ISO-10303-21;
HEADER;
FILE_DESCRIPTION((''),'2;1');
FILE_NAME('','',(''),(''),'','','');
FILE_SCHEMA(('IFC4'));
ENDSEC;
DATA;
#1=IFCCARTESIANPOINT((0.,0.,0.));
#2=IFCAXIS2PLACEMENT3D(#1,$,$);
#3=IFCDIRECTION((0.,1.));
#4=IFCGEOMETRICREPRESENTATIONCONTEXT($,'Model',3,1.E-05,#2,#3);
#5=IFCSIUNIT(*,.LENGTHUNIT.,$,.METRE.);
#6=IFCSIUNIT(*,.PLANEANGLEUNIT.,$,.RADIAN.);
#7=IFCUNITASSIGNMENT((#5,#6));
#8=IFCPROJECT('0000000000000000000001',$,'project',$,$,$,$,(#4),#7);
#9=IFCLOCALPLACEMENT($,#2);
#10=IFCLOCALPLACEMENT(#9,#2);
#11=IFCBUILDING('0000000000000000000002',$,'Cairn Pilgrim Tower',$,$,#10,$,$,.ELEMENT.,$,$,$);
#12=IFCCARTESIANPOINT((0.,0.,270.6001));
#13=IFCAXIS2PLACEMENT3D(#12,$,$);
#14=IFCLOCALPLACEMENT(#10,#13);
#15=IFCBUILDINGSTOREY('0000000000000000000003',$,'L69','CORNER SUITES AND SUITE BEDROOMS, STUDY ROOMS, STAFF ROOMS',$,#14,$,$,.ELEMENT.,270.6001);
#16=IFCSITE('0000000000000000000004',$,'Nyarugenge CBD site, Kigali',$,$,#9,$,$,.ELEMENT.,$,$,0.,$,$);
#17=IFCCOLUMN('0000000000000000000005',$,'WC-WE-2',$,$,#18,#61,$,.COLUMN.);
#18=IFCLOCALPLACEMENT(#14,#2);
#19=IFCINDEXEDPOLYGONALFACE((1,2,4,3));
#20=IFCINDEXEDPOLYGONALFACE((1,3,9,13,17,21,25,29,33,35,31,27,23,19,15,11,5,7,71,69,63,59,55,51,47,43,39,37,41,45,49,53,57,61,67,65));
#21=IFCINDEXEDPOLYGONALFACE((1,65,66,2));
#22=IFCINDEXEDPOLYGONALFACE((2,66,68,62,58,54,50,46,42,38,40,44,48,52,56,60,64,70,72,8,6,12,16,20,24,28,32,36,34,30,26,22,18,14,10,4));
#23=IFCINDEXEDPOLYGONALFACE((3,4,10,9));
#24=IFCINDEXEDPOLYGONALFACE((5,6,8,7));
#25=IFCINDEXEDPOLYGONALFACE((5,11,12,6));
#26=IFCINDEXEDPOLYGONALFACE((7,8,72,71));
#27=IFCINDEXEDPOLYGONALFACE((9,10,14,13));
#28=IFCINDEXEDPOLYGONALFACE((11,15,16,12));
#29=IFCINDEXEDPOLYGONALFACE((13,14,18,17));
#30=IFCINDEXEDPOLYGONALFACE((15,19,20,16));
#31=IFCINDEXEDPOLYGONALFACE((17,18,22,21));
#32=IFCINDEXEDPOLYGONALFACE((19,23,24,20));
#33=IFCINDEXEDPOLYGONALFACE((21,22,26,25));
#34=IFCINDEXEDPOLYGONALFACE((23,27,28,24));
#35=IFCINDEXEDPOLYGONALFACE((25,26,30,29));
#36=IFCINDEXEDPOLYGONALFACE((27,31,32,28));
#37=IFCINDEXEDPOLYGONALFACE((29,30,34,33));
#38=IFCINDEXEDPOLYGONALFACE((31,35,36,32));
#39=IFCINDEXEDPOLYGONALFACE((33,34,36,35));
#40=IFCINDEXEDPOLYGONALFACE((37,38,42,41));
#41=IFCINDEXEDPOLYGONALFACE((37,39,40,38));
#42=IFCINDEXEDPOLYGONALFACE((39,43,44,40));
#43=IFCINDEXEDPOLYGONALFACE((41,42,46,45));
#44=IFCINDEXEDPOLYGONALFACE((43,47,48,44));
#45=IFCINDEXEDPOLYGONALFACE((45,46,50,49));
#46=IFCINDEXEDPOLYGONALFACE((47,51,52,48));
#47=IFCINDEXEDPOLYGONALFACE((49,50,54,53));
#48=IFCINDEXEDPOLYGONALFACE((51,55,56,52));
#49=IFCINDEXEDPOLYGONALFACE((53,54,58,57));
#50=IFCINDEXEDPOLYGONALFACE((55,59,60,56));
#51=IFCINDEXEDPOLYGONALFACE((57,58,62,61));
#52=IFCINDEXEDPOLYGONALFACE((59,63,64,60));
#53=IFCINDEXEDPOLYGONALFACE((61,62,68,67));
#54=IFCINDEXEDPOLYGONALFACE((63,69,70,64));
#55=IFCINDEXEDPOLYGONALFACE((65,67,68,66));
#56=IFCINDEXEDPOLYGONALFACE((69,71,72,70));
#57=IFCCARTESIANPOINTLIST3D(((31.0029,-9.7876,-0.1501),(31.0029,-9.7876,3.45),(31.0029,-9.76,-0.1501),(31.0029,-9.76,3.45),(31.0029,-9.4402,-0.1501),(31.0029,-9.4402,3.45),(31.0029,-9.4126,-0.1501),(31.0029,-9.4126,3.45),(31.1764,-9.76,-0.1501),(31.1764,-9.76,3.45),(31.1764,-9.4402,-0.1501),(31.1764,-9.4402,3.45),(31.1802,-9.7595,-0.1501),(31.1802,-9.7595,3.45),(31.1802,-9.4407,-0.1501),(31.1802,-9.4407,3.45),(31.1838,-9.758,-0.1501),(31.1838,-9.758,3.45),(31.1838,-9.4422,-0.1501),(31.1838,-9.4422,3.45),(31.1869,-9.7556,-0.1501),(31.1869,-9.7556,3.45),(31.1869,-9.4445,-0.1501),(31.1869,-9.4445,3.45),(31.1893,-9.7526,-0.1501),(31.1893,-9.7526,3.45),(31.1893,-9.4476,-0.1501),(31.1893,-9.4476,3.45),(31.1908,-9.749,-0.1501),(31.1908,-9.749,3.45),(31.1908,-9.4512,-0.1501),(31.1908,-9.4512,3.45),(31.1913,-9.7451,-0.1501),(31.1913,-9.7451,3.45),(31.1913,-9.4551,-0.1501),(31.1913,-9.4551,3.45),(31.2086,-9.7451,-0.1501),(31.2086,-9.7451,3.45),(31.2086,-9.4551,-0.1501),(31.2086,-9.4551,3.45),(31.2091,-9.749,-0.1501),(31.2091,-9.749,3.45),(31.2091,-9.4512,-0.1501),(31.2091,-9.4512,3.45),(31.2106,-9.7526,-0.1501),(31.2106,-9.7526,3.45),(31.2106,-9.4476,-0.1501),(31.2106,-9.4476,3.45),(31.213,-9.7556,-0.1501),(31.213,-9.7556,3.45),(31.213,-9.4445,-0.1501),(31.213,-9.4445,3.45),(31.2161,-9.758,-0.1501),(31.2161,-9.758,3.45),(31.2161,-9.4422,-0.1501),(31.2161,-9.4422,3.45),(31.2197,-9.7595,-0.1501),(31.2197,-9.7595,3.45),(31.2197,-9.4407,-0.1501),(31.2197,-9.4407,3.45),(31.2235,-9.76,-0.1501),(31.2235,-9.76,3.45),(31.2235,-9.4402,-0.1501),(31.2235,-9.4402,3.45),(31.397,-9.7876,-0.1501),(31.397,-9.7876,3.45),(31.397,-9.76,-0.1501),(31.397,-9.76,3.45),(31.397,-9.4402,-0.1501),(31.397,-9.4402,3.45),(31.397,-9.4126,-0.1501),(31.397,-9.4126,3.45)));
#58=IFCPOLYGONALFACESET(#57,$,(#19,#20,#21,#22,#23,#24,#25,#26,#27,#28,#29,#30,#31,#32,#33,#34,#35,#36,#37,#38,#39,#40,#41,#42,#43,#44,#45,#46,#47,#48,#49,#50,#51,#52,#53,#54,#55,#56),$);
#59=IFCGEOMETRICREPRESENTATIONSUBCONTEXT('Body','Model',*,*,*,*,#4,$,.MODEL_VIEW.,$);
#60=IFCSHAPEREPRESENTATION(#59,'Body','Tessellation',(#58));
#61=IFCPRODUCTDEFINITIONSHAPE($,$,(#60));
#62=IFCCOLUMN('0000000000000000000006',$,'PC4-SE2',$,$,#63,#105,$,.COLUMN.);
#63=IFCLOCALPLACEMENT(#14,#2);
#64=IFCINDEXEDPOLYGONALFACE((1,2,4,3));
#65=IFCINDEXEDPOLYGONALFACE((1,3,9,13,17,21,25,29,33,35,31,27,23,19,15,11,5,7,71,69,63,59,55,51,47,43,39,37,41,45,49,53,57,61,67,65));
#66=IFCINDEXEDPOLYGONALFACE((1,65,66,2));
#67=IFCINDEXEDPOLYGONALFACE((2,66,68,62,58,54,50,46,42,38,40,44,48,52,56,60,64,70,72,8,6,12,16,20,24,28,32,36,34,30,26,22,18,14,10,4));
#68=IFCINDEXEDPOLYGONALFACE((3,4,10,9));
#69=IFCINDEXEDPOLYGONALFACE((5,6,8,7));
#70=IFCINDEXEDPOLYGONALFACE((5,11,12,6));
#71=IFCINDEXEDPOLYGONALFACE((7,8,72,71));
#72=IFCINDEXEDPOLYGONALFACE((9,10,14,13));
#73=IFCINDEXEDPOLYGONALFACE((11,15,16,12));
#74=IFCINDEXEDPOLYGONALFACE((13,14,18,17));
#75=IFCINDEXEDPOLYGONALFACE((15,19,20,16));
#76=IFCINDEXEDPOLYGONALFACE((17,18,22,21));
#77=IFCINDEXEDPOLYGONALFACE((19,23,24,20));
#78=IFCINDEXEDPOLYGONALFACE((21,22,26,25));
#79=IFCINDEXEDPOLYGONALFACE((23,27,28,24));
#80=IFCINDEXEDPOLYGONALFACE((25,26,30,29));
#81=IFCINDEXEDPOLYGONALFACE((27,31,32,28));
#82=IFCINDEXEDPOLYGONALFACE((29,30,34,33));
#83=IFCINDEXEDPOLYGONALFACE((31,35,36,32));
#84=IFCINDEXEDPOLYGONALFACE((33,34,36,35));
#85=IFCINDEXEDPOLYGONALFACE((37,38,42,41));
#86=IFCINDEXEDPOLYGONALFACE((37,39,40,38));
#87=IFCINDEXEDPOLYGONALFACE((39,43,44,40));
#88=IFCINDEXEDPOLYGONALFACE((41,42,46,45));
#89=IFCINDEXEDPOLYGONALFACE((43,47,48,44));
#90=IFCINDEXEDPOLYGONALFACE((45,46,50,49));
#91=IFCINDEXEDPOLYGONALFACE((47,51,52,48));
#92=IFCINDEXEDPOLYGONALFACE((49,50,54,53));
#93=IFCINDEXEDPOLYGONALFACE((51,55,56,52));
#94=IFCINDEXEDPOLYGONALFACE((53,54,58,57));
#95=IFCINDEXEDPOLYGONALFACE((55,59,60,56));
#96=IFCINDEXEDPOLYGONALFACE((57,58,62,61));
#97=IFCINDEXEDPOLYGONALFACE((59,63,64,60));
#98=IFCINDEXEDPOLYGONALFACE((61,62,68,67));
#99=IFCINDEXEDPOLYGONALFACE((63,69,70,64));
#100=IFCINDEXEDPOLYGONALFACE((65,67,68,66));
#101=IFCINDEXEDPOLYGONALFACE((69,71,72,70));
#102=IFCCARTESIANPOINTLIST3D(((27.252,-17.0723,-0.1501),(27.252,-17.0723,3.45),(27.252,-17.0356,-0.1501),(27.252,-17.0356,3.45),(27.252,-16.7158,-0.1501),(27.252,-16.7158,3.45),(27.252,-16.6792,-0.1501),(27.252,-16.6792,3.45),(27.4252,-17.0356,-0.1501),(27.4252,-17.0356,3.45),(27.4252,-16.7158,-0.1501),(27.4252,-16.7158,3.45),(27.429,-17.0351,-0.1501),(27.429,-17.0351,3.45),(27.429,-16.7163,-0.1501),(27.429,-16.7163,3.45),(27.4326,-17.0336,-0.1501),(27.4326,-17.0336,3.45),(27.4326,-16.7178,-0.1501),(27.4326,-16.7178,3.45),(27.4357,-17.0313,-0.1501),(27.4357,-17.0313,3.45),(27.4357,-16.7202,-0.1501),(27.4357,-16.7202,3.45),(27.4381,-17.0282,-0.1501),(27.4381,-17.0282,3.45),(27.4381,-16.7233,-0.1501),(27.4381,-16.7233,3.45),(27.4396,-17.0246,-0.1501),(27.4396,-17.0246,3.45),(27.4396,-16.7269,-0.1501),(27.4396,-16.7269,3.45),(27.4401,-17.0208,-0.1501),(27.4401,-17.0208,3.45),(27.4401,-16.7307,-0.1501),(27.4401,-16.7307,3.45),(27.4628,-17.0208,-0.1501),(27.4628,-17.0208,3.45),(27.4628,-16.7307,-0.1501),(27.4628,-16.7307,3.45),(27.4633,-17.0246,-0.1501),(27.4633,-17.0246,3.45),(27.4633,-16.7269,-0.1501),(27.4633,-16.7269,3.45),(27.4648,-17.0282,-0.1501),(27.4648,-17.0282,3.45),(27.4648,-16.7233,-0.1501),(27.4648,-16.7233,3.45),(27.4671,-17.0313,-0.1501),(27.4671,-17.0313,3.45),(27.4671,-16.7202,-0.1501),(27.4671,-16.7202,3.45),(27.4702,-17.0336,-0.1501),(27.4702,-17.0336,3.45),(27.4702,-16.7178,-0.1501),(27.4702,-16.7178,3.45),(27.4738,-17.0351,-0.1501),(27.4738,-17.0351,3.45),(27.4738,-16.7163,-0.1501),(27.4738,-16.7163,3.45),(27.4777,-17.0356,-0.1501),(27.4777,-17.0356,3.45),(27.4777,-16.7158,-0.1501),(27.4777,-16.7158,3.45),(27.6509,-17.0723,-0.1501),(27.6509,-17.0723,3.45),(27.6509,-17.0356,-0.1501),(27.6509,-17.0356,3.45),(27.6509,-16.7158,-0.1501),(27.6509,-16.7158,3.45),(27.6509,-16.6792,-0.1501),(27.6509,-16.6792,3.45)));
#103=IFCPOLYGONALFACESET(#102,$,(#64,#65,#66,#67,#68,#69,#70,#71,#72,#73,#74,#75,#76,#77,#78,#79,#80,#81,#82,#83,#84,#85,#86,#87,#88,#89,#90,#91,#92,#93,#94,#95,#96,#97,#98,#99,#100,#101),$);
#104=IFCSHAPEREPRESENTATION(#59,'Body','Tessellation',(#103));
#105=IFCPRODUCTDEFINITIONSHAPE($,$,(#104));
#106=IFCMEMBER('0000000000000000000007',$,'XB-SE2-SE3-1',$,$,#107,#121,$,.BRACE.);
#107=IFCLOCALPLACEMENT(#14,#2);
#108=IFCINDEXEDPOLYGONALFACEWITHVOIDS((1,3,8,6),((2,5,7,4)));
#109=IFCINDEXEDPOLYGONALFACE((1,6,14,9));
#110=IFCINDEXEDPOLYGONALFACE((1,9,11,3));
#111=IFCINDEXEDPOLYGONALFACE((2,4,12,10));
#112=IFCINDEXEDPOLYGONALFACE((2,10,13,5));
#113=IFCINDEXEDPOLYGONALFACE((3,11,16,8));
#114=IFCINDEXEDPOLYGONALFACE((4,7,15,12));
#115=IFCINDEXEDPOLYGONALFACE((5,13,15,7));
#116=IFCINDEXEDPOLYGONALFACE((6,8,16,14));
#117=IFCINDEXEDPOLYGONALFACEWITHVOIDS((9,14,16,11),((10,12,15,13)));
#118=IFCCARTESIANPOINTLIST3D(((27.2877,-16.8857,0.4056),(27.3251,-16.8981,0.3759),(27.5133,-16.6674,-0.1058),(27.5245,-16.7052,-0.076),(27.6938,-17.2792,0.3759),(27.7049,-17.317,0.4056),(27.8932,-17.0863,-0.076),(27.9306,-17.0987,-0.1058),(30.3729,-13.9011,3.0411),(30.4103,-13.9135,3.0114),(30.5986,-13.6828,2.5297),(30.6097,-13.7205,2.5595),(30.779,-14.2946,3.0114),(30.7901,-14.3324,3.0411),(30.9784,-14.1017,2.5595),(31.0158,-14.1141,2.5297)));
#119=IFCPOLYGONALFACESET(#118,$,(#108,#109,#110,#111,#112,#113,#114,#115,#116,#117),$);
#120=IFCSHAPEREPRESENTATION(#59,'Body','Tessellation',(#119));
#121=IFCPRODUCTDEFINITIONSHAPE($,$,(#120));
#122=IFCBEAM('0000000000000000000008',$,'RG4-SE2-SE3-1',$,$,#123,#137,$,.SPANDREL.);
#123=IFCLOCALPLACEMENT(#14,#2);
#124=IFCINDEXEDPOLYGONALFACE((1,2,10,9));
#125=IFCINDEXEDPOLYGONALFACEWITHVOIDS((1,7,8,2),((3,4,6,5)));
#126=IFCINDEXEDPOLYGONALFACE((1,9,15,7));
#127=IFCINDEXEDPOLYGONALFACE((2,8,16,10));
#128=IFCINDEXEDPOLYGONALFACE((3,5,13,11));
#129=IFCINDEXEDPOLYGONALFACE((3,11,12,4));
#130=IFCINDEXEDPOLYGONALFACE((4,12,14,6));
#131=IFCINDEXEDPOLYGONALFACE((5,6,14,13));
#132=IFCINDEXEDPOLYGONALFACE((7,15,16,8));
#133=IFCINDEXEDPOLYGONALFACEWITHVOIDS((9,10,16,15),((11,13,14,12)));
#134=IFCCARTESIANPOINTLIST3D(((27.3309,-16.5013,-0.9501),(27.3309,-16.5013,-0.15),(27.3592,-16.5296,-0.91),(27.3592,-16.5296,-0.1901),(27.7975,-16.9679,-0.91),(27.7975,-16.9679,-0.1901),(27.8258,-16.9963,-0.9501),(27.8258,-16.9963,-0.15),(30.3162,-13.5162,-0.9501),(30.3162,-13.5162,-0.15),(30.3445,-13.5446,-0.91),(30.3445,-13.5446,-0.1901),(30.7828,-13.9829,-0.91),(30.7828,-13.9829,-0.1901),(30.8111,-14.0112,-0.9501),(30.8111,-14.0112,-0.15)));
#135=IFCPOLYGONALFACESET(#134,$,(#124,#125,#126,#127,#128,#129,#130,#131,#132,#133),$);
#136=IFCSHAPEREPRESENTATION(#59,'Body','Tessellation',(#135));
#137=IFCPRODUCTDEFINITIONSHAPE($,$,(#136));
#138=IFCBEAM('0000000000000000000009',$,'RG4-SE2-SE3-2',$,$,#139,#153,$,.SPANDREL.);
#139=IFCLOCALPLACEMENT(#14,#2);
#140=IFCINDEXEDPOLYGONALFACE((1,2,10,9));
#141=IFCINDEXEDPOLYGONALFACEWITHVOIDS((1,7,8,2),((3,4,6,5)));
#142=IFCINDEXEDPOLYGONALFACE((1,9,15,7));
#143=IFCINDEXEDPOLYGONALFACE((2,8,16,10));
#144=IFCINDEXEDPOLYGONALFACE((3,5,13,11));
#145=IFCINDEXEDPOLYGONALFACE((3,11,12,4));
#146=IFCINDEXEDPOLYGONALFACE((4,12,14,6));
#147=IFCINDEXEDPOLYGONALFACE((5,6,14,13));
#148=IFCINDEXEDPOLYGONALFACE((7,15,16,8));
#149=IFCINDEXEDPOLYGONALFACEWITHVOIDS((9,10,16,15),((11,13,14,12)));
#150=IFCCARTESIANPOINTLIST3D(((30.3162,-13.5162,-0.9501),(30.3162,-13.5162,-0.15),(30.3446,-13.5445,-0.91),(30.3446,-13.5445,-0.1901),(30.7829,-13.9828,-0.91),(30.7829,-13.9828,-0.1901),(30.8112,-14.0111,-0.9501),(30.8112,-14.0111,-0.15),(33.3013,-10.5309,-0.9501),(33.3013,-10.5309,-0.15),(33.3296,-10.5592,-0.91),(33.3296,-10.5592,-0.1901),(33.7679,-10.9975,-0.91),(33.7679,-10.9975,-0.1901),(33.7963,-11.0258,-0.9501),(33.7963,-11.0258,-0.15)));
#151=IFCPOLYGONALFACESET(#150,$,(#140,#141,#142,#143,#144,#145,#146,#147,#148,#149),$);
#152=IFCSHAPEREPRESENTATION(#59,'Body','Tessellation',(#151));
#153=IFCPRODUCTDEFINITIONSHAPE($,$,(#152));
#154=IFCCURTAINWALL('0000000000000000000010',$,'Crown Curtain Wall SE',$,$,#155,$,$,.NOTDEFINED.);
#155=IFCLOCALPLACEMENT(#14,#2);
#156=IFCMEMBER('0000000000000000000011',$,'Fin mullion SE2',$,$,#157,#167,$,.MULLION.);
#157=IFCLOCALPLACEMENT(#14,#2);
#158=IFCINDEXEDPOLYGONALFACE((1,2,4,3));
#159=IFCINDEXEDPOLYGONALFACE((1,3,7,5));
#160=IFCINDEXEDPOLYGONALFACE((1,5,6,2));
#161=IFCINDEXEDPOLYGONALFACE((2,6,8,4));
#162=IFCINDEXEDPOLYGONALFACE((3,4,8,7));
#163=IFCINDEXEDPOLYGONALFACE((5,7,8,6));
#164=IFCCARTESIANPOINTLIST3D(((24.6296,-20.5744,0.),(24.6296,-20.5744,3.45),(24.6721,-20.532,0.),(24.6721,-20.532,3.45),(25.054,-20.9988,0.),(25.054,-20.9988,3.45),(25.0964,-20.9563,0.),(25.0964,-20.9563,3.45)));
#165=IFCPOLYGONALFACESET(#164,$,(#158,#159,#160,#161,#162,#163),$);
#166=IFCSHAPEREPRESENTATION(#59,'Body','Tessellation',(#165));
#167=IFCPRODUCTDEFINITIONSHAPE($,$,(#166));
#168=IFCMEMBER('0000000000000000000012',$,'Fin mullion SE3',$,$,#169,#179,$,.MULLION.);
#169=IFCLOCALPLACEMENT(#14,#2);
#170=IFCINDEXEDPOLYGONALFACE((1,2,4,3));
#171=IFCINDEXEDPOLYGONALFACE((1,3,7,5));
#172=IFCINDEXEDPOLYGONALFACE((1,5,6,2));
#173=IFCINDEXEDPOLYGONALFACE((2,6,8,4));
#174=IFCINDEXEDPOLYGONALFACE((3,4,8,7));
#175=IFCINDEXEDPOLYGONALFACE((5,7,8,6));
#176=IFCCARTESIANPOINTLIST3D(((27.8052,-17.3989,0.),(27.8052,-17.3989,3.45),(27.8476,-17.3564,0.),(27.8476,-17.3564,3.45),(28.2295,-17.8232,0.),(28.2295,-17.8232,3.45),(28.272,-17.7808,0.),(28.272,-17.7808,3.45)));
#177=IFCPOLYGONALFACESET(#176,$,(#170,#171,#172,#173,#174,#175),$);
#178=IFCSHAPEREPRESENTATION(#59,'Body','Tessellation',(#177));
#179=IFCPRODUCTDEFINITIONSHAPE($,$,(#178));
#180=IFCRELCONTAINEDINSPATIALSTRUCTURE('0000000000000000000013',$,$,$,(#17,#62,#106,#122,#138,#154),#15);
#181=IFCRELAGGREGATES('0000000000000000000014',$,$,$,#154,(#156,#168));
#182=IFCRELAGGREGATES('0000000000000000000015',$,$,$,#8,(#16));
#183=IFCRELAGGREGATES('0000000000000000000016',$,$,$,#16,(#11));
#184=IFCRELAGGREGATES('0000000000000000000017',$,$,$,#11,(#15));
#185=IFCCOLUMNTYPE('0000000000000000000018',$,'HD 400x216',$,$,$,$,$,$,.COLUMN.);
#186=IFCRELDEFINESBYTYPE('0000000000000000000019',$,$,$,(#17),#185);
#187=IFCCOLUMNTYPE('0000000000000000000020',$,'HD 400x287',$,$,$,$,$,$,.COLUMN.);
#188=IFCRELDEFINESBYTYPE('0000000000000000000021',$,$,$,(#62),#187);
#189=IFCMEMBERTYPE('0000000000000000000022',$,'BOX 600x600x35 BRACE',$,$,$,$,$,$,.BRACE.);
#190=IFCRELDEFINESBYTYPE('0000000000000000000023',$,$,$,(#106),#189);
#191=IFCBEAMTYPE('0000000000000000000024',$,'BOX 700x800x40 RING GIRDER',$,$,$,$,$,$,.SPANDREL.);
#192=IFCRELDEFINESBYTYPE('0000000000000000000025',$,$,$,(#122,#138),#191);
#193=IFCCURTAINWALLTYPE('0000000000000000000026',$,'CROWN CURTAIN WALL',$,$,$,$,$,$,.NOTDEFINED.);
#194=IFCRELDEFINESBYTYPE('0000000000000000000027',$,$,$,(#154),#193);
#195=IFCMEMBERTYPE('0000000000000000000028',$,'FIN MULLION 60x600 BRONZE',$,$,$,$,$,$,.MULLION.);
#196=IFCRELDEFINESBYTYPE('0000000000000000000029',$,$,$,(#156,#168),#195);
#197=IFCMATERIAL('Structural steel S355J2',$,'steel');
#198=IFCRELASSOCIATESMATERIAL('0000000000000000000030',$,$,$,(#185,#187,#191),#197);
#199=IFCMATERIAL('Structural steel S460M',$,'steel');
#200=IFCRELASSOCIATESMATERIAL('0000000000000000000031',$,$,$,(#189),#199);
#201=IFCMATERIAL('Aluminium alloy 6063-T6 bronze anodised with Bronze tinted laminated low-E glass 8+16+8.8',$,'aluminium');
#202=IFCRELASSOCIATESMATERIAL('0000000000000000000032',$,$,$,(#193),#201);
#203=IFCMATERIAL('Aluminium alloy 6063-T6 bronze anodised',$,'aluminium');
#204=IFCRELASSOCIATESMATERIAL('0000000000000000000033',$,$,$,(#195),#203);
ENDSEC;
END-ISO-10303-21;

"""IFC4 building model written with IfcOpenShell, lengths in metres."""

from ifc_helpers import new_model, si_unit, direction, frame, origin, origin_2d, place, context, subcontext, project, spatial, rectangle, hollow_rectangle, i_section, extrude, material, material_profile, profile_set, type_object, element, aggregate, save


model = new_model("IFC4")

# Units and contexts
model_context = context("Model", 3, precision=1e-05, world=origin(), true_north=direction((0.0, 1.0)))
body_context = subcontext(model_context, "Body", "Model", "MODEL_VIEW")
ifc_project = project(units=[si_unit("LENGTHUNIT", "METRE"), si_unit("PLANEANGLEUNIT", "RADIAN")], contexts=[model_context])

# Site, building, storey
site_placement = place(None, origin())
site = spatial("IfcSite", under=ifc_project, at=site_placement, Name="Nyarugenge CBD site, Kigali", CompositionType="ELEMENT", RefElevation=0.0)
building_placement = place(site_placement, origin())
building = spatial("IfcBuilding", under=site, at=building_placement, Name="Cairn Pilgrim Tower", CompositionType="ELEMENT")
storey_placement = place(building_placement, frame((0.0, 0.0, 270.6001)))
storey = spatial("IfcBuildingStorey", under=building, at=storey_placement, Name="L69", Description="CORNER SUITES AND SUITE BEDROOMS, STUDY ROOMS, STAFF ROOMS", CompositionType="ELEMENT", Elevation=270.6001)

# Columns
ifc_material_1 = material(Name="Structural steel S355J2", Category="steel")
ifc_material_profile_1 = material_profile(ifc_material_1, i_section(OverallWidth=0.394, OverallDepth=0.375, WebThickness=0.0173, FlangeThickness=0.0276, FilletRadius=0.0149, at=origin_2d()), Name="HD 400x216")
ifc_profile_set_1 = profile_set([ifc_material_profile_1], Name="Structural steel S355J2")
column_type_1 = type_object("IfcColumnType", Name="HD 400x216", PredefinedType="COLUMN", material=ifc_profile_set_1)
column_1_placement = place(storey_placement, frame((31.2, -9.6001, -0.1501), z_axis=(0.0, 0.0, 1.0), x_axis=(1.0, 0.0, 0.0)))
element("IfcColumn", 1, at=column_1_placement, inside=storey, type_object=column_type_1, Name="WC-WE-2", PredefinedType="COLUMN", context=body_context, shape_type="SweptSolid", body=[
    extrude(i_section(OverallWidth=0.394, OverallDepth=0.375, WebThickness=0.0173, FlangeThickness=0.0276, FilletRadius=0.0149, at=origin_2d()), origin(), (0.0, 0.0, 1.0), 3.6001),
])
ifc_material_profile_2 = material_profile(ifc_material_1, i_section(OverallWidth=0.3989, OverallDepth=0.3931, WebThickness=0.0227, FlangeThickness=0.0366, FilletRadius=0.0149, at=origin_2d()), Name="HD 400x287")
ifc_profile_set_2 = profile_set([ifc_material_profile_2], Name="Structural steel S355J2")
column_type_2 = type_object("IfcColumnType", Name="HD 400x287", PredefinedType="COLUMN", material=ifc_profile_set_2)
column_2_placement = place(storey_placement, frame((27.4514, -16.8757, -0.1501), z_axis=(0.0, 0.0, 1.0), x_axis=(1.0, 0.0, 0.0)))
element("IfcColumn", 2, at=column_2_placement, inside=storey, type_object=column_type_2, Name="PC4-SE2", PredefinedType="COLUMN", context=body_context, shape_type="SweptSolid", body=[
    extrude(i_section(OverallWidth=0.3989, OverallDepth=0.3931, WebThickness=0.0227, FlangeThickness=0.0366, FilletRadius=0.0149, at=origin_2d()), origin(), (0.0, 0.0, 1.0), 3.6001),
])

# Member
ifc_material_2 = material(Name="Structural steel S460M", Category="steel")
ifc_material_profile_3 = material_profile(ifc_material_2, hollow_rectangle(XDim=0.6001, YDim=0.6001, WallThickness=0.0349, at=origin_2d()), Name="BOX 600x600x35")
ifc_profile_set_3 = profile_set([ifc_material_profile_3], Name="Structural steel S460M")
member_type_1 = type_object("IfcMemberType", Name="BOX 600x600x35 BRACE", PredefinedType="BRACE", material=ifc_profile_set_3)
member_1_placement = place(storey_placement, frame((27.6091, -16.9922, 0.1499), z_axis=(0.612497, 0.592528, 0.523218), x_axis=(-0.695294, 0.718726, 0.0)))
element("IfcMember", 3, at=member_1_placement, inside=storey, type_object=member_type_1, Name="XB-SE2-SE3-1", PredefinedType="BRACE", context=body_context, shape_type="SweptSolid", body=[
    extrude(hollow_rectangle(XDim=0.6001, YDim=0.6001, WallThickness=0.0349, at=origin_2d()), origin(), (0.0, 0.0, 1.0), 5.0371),
])

# Beams
ifc_material_profile_4 = material_profile(ifc_material_1, hollow_rectangle(XDim=0.7, YDim=0.8, WallThickness=0.04, at=origin_2d()), Name="BOX 700x800x40")
ifc_profile_set_4 = profile_set([ifc_material_profile_4], Name="Structural steel S355J2")
beam_type_1 = type_object("IfcBeamType", Name="BOX 700x800x40 RING GIRDER", PredefinedType="SPANDREL", material=ifc_profile_set_4)
for number, where, z_axis, x_axis, name in (
    (4, (27.5784, -16.7488, -0.55), (0.707136, 0.707078, 0.0), (-0.707078, 0.707136, 0.0), "RG4-SE2-SE3-1"),
    (5, (30.5637, -13.7637, -0.55), (0.707078, 0.707136, 0.0), (-0.707136, 0.707078, 0.0), "RG4-SE2-SE3-2"),
):
    element("IfcBeam", number, at=place(storey_placement, frame(where, z_axis=z_axis, x_axis=x_axis)), inside=storey, type_object=beam_type_1, Name=name, PredefinedType="SPANDREL", context=body_context, shape_type="SweptSolid", body=[
        extrude(hollow_rectangle(XDim=0.7, YDim=0.8, WallThickness=0.04, at=origin_2d()), origin(), (0.0, 0.0, 1.0), 4.2217),
    ])

# Curtain wall, members
ifc_material_3 = material(Name="Aluminium alloy 6063-T6 bronze anodised with Bronze tinted laminated low-E glass 8+16+8.8", Category="aluminium")
curtain_wall_type = type_object("IfcCurtainWallType", Name="CROWN CURTAIN WALL", PredefinedType="NOTDEFINED", material=ifc_material_3)
curtain_wall_placement = place(storey_placement, origin())
curtain_wall = element("IfcCurtainWall", 6, at=curtain_wall_placement, inside=storey, type_object=curtain_wall_type, Name="Crown Curtain Wall SE", PredefinedType="NOTDEFINED")
ifc_material_4 = material(Name="Aluminium alloy 6063-T6 bronze anodised", Category="aluminium")
ifc_material_profile_5 = material_profile(ifc_material_4, rectangle(XDim=0.6001, YDim=0.0601, at=origin_2d()), Name="FIN MULLION 60x600 BRONZE")
ifc_profile_set_5 = profile_set([ifc_material_profile_5], Name="Aluminium alloy 6063-T6 bronze anodised")
member_type_2 = type_object("IfcMemberType", Name="FIN MULLION 60x600 BRONZE", PredefinedType="MULLION", material=ifc_profile_set_5)
member_2_placement = place(storey_placement, frame((24.863, -20.7654, 0.0), z_axis=(0.0, 0.0, 1.0), x_axis=(0.707107, -0.707107, 0.0)))
member_2 = element("IfcMember", 7, at=member_2_placement, type_object=member_type_2, Name="Fin mullion SE2", PredefinedType="MULLION", context=body_context, shape_type="SweptSolid", body=[
    extrude(rectangle(XDim=0.6001, YDim=0.0601, at=origin_2d()), origin(), (0.0, 0.0, 1.0), 3.45),
])
member_3_placement = place(storey_placement, frame((28.0386, -17.5898, 0.0), z_axis=(0.0, 0.0, 1.0), x_axis=(0.707107, -0.707107, 0.0)))
member_3 = element("IfcMember", 8, at=member_3_placement, type_object=member_type_2, Name="Fin mullion SE3", PredefinedType="MULLION", context=body_context, shape_type="SweptSolid", body=[
    extrude(rectangle(XDim=0.6001, YDim=0.0601, at=origin_2d()), origin(), (0.0, 0.0, 1.0), 3.45),
])

aggregate(curtain_wall, [member_2, member_3])

save(model, "model.ifc")
